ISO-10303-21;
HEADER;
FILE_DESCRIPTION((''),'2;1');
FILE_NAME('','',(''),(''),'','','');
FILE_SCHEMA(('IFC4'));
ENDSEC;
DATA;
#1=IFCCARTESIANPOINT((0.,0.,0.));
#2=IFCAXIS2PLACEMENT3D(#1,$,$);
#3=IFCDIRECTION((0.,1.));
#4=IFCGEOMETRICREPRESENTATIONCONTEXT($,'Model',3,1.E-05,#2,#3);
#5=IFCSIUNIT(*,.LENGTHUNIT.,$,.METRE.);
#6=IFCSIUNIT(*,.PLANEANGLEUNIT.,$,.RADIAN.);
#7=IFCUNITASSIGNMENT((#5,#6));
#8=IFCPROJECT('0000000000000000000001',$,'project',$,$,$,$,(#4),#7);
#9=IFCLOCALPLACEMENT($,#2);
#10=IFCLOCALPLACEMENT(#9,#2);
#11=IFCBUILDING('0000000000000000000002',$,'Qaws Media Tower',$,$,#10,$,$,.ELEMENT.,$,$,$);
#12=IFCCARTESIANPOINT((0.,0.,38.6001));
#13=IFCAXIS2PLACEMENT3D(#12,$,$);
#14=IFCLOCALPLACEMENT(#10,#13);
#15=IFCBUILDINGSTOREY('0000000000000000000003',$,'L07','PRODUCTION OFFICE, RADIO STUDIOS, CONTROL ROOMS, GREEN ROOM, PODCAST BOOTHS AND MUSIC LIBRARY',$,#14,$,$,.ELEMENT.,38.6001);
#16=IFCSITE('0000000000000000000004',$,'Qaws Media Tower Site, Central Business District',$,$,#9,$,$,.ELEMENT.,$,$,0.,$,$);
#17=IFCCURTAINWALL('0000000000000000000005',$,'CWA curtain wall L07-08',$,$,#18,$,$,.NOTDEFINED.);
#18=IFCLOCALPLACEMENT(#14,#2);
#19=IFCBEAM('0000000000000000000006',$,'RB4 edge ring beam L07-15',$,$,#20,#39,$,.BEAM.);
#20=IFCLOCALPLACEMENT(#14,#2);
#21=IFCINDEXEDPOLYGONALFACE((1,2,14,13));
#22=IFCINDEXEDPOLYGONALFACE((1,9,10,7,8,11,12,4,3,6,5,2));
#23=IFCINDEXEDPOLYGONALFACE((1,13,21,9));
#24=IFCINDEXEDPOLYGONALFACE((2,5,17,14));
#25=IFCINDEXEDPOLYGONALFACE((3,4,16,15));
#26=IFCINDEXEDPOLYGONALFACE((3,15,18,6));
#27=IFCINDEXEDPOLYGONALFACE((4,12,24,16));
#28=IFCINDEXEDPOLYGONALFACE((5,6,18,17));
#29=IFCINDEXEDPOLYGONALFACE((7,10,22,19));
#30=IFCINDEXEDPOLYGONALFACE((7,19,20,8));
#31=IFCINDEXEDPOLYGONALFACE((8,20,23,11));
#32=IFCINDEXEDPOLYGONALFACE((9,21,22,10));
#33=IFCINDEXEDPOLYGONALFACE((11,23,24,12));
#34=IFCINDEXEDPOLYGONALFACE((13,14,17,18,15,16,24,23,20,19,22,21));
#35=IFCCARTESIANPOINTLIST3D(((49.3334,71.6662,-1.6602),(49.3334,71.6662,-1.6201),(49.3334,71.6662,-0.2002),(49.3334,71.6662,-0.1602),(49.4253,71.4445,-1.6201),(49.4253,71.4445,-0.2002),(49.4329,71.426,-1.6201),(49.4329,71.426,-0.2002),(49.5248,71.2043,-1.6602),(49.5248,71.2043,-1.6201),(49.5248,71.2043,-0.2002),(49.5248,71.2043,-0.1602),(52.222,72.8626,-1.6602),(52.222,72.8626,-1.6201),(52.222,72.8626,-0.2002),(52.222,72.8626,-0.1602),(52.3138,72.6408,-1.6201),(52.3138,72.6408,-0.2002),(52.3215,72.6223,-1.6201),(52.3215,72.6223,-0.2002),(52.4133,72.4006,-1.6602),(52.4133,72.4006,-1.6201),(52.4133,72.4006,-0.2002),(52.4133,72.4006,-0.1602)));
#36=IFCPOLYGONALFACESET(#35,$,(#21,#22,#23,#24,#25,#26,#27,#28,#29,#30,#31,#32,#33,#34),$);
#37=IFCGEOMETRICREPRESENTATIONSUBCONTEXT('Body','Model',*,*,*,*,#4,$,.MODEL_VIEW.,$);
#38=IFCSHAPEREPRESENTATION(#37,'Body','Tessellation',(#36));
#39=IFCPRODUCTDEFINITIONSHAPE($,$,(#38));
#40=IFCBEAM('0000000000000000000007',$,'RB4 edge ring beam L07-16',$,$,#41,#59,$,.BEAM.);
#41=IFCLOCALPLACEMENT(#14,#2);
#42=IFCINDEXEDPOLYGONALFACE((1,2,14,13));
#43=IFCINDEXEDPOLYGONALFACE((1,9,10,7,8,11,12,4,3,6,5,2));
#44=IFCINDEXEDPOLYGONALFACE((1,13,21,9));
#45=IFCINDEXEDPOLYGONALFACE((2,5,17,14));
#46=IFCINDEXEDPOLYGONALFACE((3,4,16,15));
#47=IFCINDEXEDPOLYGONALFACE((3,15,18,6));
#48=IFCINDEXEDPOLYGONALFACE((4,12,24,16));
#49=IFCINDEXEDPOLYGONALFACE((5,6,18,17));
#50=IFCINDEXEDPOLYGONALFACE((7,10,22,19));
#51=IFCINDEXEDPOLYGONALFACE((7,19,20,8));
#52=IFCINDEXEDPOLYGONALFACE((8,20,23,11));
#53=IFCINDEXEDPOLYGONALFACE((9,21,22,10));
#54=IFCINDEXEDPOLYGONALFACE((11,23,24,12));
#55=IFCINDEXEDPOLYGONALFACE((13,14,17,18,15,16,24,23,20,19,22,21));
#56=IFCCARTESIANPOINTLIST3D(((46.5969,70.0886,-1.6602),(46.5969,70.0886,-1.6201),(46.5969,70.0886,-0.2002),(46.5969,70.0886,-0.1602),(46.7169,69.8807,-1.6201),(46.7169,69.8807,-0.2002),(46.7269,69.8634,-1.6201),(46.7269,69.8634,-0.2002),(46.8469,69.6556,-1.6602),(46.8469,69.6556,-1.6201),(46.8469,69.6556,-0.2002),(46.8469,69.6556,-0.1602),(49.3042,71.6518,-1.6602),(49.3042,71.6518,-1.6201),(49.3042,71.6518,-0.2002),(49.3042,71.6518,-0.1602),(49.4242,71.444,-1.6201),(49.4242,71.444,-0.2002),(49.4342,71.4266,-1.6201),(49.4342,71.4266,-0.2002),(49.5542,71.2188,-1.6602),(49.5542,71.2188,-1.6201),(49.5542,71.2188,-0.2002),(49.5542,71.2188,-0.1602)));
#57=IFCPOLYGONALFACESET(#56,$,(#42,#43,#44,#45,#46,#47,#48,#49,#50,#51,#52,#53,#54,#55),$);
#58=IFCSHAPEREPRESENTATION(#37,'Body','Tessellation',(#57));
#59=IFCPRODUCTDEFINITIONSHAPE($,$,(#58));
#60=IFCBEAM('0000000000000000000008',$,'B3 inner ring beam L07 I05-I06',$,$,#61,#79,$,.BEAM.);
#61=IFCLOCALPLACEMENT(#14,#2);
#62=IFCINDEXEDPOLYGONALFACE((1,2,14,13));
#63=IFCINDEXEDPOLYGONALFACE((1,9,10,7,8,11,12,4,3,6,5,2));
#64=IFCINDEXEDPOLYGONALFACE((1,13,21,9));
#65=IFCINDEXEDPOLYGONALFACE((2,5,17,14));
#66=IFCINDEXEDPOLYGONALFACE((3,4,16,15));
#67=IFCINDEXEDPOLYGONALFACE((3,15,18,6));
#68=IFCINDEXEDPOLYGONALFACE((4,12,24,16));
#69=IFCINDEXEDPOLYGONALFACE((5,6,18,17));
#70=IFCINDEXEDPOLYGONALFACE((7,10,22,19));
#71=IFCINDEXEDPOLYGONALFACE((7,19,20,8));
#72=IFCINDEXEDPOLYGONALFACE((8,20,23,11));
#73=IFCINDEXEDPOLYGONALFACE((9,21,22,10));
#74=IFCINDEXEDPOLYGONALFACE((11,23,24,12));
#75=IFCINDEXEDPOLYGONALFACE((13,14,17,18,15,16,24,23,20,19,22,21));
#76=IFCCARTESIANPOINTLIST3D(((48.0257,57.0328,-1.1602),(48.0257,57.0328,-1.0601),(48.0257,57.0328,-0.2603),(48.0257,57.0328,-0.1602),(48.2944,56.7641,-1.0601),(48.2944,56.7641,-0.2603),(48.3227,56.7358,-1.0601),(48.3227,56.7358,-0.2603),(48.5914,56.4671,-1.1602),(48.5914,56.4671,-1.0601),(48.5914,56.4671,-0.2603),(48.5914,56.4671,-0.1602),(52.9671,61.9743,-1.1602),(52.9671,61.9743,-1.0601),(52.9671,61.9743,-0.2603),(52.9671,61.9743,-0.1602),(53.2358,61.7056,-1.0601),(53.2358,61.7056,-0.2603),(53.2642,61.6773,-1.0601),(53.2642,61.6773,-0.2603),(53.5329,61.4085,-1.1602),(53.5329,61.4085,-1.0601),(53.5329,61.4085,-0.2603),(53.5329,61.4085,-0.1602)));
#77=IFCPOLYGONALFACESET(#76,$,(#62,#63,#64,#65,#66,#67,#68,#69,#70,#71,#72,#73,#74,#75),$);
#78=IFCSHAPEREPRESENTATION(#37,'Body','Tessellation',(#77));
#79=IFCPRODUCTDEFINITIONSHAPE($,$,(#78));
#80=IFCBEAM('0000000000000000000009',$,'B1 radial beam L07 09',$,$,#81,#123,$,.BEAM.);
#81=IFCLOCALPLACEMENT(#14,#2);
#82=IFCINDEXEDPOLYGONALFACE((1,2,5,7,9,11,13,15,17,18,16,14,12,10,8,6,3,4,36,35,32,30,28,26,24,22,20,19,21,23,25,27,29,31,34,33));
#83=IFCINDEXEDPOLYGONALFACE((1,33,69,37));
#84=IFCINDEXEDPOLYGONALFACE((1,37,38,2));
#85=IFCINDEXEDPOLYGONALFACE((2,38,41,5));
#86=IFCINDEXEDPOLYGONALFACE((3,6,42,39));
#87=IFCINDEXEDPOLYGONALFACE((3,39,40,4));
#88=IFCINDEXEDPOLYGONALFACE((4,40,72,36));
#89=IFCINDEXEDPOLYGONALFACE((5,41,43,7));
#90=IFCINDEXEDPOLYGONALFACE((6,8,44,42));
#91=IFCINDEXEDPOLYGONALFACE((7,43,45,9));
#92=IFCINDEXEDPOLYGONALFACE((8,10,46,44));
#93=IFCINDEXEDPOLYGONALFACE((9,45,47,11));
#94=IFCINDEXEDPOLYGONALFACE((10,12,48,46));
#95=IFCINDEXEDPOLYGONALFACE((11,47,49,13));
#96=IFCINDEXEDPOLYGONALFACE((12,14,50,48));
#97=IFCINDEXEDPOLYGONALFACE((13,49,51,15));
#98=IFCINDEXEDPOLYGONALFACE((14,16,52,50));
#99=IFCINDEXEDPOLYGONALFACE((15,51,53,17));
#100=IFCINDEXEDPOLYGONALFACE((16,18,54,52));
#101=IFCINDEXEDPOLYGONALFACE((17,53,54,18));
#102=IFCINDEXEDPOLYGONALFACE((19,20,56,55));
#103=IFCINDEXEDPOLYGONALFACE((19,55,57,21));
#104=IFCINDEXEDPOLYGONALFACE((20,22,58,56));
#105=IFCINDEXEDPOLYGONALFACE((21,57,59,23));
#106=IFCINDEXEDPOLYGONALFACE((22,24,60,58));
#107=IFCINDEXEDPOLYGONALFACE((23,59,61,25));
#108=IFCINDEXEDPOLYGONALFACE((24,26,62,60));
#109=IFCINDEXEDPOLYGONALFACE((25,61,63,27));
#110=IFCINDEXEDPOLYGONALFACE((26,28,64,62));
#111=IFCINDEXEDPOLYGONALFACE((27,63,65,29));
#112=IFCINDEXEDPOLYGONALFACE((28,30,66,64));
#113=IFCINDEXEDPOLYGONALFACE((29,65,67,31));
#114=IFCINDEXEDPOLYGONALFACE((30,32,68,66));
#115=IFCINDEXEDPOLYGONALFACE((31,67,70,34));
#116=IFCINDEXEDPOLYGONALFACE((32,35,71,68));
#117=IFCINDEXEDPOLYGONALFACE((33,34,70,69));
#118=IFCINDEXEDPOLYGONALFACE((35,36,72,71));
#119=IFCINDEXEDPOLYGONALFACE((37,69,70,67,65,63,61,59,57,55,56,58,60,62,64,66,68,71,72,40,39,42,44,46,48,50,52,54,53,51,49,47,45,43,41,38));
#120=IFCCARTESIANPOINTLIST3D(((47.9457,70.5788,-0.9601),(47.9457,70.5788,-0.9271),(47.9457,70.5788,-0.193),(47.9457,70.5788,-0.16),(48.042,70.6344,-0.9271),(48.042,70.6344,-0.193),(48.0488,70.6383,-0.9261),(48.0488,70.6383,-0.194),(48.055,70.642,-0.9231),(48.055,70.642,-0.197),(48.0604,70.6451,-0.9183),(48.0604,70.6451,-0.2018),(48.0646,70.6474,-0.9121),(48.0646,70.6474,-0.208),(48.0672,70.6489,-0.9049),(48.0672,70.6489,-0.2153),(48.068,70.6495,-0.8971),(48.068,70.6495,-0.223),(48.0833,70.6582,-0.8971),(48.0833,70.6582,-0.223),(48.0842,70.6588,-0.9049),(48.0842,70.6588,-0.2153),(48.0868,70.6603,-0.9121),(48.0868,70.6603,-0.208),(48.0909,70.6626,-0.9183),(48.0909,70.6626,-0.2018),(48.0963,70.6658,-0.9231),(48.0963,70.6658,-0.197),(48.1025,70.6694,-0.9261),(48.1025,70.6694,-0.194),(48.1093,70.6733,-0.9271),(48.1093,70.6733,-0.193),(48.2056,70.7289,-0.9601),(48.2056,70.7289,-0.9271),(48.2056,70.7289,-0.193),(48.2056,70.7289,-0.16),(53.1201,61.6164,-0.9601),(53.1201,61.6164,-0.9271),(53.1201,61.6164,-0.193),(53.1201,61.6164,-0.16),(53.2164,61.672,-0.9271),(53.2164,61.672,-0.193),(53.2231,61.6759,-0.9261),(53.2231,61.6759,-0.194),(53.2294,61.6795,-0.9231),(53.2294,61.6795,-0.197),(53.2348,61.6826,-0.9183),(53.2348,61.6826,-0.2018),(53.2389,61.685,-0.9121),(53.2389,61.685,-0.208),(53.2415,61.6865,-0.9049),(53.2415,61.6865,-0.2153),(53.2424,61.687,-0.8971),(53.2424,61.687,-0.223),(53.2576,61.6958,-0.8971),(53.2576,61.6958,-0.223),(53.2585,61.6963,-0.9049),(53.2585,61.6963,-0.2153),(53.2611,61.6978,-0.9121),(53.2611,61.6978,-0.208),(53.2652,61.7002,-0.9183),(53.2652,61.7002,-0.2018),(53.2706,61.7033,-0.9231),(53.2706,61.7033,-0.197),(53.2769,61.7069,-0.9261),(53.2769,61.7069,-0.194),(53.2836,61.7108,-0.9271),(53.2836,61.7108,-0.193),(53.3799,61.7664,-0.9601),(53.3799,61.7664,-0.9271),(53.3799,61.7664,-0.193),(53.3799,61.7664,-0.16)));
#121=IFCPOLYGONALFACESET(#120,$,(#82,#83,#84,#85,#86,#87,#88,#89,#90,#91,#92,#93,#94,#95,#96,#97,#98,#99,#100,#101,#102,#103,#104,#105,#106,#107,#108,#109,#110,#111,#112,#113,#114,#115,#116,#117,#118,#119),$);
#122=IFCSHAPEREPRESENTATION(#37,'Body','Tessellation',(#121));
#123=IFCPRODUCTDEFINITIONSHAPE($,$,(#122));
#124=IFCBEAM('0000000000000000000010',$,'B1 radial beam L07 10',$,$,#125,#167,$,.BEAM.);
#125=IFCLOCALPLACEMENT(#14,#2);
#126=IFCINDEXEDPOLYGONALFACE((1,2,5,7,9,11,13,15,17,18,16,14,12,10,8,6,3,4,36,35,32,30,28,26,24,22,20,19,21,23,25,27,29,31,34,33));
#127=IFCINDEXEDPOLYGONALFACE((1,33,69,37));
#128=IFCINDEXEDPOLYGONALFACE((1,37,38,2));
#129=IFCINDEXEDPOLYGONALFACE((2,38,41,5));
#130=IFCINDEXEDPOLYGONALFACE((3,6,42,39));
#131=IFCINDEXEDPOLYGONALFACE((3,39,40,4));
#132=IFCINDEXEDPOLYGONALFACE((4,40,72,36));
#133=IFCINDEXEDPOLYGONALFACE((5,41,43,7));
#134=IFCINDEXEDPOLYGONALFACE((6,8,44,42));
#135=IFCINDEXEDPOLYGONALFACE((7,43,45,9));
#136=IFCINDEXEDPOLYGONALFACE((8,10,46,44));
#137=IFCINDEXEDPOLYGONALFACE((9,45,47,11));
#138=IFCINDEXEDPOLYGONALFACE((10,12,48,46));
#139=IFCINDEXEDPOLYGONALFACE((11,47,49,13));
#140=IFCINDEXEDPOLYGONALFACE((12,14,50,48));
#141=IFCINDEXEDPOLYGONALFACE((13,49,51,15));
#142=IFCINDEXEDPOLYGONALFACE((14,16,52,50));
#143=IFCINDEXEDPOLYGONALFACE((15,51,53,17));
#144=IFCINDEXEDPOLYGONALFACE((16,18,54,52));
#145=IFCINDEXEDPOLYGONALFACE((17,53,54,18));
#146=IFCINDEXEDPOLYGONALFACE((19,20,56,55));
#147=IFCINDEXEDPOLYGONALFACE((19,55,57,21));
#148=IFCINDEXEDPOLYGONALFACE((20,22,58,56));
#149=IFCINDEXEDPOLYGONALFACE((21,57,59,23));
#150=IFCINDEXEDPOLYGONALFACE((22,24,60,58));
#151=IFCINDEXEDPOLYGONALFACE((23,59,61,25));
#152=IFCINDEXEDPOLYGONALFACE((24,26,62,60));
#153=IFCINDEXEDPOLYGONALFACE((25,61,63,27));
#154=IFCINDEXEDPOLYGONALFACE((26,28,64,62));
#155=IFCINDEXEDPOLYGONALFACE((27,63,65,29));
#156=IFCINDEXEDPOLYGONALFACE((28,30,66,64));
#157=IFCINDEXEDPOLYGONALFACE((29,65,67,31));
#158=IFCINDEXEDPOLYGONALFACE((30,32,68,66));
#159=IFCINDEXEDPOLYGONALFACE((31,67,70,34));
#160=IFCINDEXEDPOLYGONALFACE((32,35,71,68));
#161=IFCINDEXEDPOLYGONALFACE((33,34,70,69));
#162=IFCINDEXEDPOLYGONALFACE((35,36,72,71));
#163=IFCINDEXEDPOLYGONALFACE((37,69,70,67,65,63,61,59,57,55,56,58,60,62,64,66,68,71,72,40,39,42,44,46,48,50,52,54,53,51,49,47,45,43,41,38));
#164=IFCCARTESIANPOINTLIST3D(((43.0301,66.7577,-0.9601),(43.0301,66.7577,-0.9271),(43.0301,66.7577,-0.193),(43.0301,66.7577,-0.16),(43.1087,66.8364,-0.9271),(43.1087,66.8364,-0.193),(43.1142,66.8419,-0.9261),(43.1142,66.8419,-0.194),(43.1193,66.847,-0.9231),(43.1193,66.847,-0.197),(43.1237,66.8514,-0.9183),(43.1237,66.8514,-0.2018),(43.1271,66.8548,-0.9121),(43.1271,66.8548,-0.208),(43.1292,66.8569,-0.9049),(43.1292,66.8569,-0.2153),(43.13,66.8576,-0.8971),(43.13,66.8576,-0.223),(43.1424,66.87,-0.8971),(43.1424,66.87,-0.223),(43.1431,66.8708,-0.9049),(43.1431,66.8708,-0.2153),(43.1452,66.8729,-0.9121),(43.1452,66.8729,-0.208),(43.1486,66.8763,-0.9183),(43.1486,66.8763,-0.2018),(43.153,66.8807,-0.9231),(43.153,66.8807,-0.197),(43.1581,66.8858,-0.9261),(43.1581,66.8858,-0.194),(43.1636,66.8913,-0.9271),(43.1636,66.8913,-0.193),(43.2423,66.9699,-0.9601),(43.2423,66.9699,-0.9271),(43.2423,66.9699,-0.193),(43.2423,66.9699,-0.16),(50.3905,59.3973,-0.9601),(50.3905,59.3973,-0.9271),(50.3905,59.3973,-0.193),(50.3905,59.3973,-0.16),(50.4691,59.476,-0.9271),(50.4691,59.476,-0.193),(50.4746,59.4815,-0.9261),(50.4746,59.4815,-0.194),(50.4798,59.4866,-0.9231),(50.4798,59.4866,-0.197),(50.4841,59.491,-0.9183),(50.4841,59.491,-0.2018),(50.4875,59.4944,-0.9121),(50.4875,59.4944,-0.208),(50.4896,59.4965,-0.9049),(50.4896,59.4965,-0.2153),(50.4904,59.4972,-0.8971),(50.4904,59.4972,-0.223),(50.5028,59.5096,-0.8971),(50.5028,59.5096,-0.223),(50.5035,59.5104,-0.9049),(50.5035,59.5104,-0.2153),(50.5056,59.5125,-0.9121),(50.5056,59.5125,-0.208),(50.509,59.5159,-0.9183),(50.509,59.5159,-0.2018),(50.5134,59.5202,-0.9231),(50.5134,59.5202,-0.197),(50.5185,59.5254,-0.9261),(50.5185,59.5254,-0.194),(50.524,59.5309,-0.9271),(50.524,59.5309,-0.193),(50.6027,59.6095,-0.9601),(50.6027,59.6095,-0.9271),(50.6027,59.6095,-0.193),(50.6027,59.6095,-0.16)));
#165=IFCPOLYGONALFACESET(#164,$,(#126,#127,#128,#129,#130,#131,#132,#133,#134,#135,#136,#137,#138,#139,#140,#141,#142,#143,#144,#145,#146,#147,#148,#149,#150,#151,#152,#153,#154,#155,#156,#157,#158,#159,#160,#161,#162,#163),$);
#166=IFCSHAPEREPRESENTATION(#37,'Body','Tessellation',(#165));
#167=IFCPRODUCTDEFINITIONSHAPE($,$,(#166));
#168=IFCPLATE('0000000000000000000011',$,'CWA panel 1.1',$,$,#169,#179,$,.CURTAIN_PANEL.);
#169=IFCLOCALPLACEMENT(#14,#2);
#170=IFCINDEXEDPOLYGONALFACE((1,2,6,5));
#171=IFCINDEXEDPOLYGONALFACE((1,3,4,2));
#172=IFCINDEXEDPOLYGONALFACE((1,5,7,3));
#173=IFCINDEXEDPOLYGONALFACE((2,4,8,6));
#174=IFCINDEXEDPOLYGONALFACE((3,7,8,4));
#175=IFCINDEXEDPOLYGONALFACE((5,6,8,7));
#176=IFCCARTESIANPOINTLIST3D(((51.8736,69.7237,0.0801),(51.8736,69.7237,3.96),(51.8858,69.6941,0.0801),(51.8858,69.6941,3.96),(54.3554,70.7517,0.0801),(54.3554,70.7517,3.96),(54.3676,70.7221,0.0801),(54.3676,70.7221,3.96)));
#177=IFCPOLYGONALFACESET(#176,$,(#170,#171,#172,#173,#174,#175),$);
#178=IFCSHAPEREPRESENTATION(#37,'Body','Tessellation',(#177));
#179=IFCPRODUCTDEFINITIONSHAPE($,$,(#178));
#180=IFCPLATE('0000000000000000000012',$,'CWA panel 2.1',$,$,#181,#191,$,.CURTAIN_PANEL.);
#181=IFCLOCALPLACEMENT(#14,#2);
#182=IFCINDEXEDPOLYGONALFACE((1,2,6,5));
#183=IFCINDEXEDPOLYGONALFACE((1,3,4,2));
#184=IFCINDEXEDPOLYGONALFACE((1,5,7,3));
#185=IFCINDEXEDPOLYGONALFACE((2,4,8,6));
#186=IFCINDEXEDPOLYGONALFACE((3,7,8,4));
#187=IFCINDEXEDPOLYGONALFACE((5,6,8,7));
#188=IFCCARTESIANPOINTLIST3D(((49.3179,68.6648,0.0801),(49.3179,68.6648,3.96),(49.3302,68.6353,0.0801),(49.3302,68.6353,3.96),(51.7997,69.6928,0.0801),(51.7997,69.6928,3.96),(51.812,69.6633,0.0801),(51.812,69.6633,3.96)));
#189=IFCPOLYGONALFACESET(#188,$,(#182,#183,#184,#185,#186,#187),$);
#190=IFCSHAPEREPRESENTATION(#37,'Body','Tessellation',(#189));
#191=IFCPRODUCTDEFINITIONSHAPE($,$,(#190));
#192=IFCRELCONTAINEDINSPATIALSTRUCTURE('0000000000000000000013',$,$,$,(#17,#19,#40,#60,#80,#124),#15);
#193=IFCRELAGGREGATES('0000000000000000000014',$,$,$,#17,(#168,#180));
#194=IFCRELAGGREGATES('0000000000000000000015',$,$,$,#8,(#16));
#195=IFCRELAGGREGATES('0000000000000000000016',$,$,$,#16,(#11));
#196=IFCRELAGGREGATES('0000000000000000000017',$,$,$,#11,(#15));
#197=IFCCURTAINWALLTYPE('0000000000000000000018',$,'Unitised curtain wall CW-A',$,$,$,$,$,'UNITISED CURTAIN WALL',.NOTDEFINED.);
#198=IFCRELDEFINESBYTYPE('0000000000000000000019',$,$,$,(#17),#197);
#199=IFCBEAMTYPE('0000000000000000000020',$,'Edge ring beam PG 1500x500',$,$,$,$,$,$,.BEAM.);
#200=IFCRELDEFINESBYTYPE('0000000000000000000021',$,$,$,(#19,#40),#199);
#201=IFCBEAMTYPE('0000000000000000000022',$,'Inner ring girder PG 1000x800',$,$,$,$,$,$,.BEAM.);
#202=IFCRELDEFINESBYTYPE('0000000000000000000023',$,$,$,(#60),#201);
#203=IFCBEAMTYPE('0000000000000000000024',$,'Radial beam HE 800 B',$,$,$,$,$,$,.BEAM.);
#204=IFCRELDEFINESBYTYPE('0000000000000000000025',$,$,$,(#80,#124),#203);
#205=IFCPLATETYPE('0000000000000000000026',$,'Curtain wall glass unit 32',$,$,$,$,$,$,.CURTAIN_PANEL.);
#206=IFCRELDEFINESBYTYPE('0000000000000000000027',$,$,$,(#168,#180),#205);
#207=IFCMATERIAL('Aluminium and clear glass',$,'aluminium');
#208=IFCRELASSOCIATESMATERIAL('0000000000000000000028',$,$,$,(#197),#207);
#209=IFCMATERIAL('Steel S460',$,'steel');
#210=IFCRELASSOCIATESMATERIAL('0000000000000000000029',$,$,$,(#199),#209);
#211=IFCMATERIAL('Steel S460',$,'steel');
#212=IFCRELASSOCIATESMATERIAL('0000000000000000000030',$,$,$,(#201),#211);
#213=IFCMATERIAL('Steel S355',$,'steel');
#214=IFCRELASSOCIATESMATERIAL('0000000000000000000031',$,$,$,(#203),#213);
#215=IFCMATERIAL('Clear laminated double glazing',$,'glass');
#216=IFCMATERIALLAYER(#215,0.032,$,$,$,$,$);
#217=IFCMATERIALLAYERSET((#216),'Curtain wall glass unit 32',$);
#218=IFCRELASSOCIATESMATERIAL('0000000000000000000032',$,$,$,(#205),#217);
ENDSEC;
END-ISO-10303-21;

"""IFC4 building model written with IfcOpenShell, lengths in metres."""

from ifc_helpers import new_model, si_unit, direction, frame, origin, origin_2d, place, context, subcontext, project, spatial, rectangle, i_section, extrude, material, layer, layer_set, material_profile, profile_set, type_object, element, aggregate, save


model = new_model("IFC4")

# Units and contexts
model_context = context("Model", 3, precision=1e-05, world=origin(), true_north=direction((0.0, 1.0)))
body_context = subcontext(model_context, "Body", "Model", "MODEL_VIEW")
ifc_project = project(units=[si_unit("LENGTHUNIT", "METRE"), si_unit("PLANEANGLEUNIT", "RADIAN")], contexts=[model_context])

# Site, building, storey
site_placement = place(None, origin())
site = spatial("IfcSite", under=ifc_project, at=site_placement, Name="Qaws Media Tower Site, Central Business District", CompositionType="ELEMENT", RefElevation=0.0)
building_placement = place(site_placement, origin())
building = spatial("IfcBuilding", under=site, at=building_placement, Name="Qaws Media Tower", CompositionType="ELEMENT")
storey_placement = place(building_placement, frame((0.0, 0.0, 38.6001)))
storey = spatial("IfcBuildingStorey", under=building, at=storey_placement, Name="L07", Description="PRODUCTION OFFICE, RADIO STUDIOS, CONTROL ROOMS, GREEN ROOM, PODCAST BOOTHS AND MUSIC LIBRARY", CompositionType="ELEMENT", Elevation=38.6001)

# Curtain wall
ifc_material_1 = material(Name="Aluminium and clear glass", Category="aluminium")
curtain_wall_type = type_object("IfcCurtainWallType", Name="Unitised curtain wall CW-A", ElementType="UNITISED CURTAIN WALL", PredefinedType="NOTDEFINED", material=ifc_material_1)
curtain_wall_1_placement = place(storey_placement, origin())
curtain_wall_1 = element("IfcCurtainWall", 1, at=curtain_wall_1_placement, inside=storey, type_object=curtain_wall_type, Name="CWA curtain wall L07-08", PredefinedType="NOTDEFINED")

# Beams
ifc_material_2 = material(Name="Steel S460", Category="steel")
ifc_material_profile_1 = material_profile(ifc_material_2, i_section(OverallWidth=0.5, OverallDepth=1.5, WebThickness=0.02, FlangeThickness=0.04, at=origin_2d()), Name="PG 1500x500")
ifc_profile_set_1 = profile_set([ifc_material_profile_1], Name="Steel S460")
beam_type_1 = type_object("IfcBeamType", Name="Edge ring beam PG 1500x500", PredefinedType="BEAM", material=ifc_profile_set_1)
beam_1_placement = place(storey_placement, frame((52.3176, 72.6316, -0.9102), z_axis=(-0.923895, -0.382646, 0.0), x_axis=(0.382646, -0.923895, 0.0)))
element("IfcBeam", 2, at=beam_1_placement, inside=storey, type_object=beam_type_1, Name="RB4 edge ring beam L07-15", PredefinedType="BEAM", context=body_context, shape_type="SweptSolid", body=[
    extrude(i_section(OverallWidth=0.5, OverallDepth=1.5, WebThickness=0.02, FlangeThickness=0.04, at=origin_2d()), origin(), (0.0, 0.0, 1.0), 3.1265),
])
beam_2_placement = place(storey_placement, frame((49.4292, 71.4353, -0.9102), z_axis=(-0.866, -0.500045, 0.0), x_axis=(0.500045, -0.866, 0.0)))
element("IfcBeam", 3, at=beam_2_placement, inside=storey, type_object=beam_type_1, Name="RB4 edge ring beam L07-16", PredefinedType="BEAM", context=body_context, shape_type="SweptSolid", body=[
    extrude(i_section(OverallWidth=0.5, OverallDepth=1.5, WebThickness=0.02, FlangeThickness=0.04, at=origin_2d()), origin(), (0.0, 0.0, 1.0), 3.1262),
])
ifc_material_3 = material(Name="Steel S460", Category="steel")
ifc_material_profile_2 = material_profile(ifc_material_3, i_section(OverallWidth=0.8, OverallDepth=1.0, WebThickness=0.04, FlangeThickness=0.1001, at=origin_2d()), Name="PG 1000x800")
ifc_profile_set_2 = profile_set([ifc_material_profile_2], Name="Steel S460")
beam_type_2 = type_object("IfcBeamType", Name="Inner ring girder PG 1000x800", PredefinedType="BEAM", material=ifc_profile_set_2)
beam_3_placement = place(storey_placement, frame((53.25, 61.6914, -0.6602), z_axis=(-0.707107, -0.707107, 0.0), x_axis=(0.707107, -0.707107, 0.0)))
element("IfcBeam", 4, at=beam_3_placement, inside=storey, type_object=beam_type_2, Name="B3 inner ring beam L07 I05-I06", PredefinedType="BEAM", context=body_context, shape_type="SweptSolid", body=[
    extrude(i_section(OverallWidth=0.8, OverallDepth=1.0, WebThickness=0.04, FlangeThickness=0.1001, at=origin_2d()), origin(), (0.0, 0.0, 1.0), 6.9883),
])
ifc_material_4 = material(Name="Steel S355", Category="steel")
ifc_material_profile_3 = material_profile(ifc_material_4, i_section(OverallWidth=0.3, OverallDepth=0.8, WebThickness=0.0176, FlangeThickness=0.033, FilletRadius=0.03, at=origin_2d()), Name="HE 800 B")
ifc_profile_set_3 = profile_set([ifc_material_profile_3], Name="Steel S355")
beam_type_3 = type_object("IfcBeamType", Name="Radial beam HE 800 B", PredefinedType="BEAM", material=ifc_profile_set_3)
beam_4_placement = place(storey_placement, frame((53.25, 61.6914, -0.5601), z_axis=(-0.499991, 0.866031, 0.0), x_axis=(-0.866031, -0.499991, 0.0)))
element("IfcBeam", 5, at=beam_4_placement, inside=storey, type_object=beam_type_3, Name="B1 radial beam L07 09", PredefinedType="BEAM", context=body_context, shape_type="SweptSolid", body=[
    extrude(i_section(OverallWidth=0.3, OverallDepth=0.8, WebThickness=0.0176, FlangeThickness=0.033, FilletRadius=0.03, at=origin_2d()), origin(), (0.0, 0.0, 1.0), 10.3489),
])
beam_5_placement = place(storey_placement, frame((50.4966, 59.5034, -0.5601), z_axis=(-0.707107, 0.707107, 0.0), x_axis=(-0.707107, -0.707107, 0.0)))
element("IfcBeam", 6, at=beam_5_placement, inside=storey, type_object=beam_type_3, Name="B1 radial beam L07 10", PredefinedType="BEAM", context=body_context, shape_type="SweptSolid", body=[
    extrude(i_section(OverallWidth=0.3, OverallDepth=0.8, WebThickness=0.0176, FlangeThickness=0.033, FilletRadius=0.03, at=origin_2d()), origin(), (0.0, 0.0, 1.0), 10.4092),
])

# Plates
ifc_material_5 = material(Name="Clear laminated double glazing", Category="glass")
ifc_layer_1 = layer(ifc_material_5, 0.032)
ifc_layer_set_1 = layer_set([ifc_layer_1], Name="Curtain wall glass unit 32")
plate_type = type_object("IfcPlateType", Name="Curtain wall glass unit 32", PredefinedType="CURTAIN_PANEL", material=ifc_layer_set_1)
plate_1_placement = place(storey_placement, frame((53.1206, 70.2229, 0.0801), z_axis=(0.0, 0.0, 1.0), x_axis=(-0.92388, -0.382683, 0.0)))
plate_1 = element("IfcPlate", 7, at=plate_1_placement, type_object=plate_type, Name="CWA panel 1.1", PredefinedType="CURTAIN_PANEL", context=body_context, shape_type="SweptSolid", body=[
    extrude(rectangle(XDim=2.6863, YDim=0.032, at=origin_2d()), origin(), (0.0, 0.0, 1.0), 3.8799),
])
plate_2_placement = place(storey_placement, frame((50.5649, 69.1641, 0.0801), z_axis=(0.0, 0.0, 1.0), x_axis=(-0.92388, -0.382683, 0.0)))
plate_2 = element("IfcPlate", 8, at=plate_2_placement, type_object=plate_type, Name="CWA panel 2.1", PredefinedType="CURTAIN_PANEL", context=body_context, shape_type="SweptSolid", body=[
    extrude(rectangle(XDim=2.6863, YDim=0.032, at=origin_2d()), origin(), (0.0, 0.0, 1.0), 3.8799),
])
aggregate(curtain_wall_1, [plate_1, plate_2])

save(model, "model.ifc")
